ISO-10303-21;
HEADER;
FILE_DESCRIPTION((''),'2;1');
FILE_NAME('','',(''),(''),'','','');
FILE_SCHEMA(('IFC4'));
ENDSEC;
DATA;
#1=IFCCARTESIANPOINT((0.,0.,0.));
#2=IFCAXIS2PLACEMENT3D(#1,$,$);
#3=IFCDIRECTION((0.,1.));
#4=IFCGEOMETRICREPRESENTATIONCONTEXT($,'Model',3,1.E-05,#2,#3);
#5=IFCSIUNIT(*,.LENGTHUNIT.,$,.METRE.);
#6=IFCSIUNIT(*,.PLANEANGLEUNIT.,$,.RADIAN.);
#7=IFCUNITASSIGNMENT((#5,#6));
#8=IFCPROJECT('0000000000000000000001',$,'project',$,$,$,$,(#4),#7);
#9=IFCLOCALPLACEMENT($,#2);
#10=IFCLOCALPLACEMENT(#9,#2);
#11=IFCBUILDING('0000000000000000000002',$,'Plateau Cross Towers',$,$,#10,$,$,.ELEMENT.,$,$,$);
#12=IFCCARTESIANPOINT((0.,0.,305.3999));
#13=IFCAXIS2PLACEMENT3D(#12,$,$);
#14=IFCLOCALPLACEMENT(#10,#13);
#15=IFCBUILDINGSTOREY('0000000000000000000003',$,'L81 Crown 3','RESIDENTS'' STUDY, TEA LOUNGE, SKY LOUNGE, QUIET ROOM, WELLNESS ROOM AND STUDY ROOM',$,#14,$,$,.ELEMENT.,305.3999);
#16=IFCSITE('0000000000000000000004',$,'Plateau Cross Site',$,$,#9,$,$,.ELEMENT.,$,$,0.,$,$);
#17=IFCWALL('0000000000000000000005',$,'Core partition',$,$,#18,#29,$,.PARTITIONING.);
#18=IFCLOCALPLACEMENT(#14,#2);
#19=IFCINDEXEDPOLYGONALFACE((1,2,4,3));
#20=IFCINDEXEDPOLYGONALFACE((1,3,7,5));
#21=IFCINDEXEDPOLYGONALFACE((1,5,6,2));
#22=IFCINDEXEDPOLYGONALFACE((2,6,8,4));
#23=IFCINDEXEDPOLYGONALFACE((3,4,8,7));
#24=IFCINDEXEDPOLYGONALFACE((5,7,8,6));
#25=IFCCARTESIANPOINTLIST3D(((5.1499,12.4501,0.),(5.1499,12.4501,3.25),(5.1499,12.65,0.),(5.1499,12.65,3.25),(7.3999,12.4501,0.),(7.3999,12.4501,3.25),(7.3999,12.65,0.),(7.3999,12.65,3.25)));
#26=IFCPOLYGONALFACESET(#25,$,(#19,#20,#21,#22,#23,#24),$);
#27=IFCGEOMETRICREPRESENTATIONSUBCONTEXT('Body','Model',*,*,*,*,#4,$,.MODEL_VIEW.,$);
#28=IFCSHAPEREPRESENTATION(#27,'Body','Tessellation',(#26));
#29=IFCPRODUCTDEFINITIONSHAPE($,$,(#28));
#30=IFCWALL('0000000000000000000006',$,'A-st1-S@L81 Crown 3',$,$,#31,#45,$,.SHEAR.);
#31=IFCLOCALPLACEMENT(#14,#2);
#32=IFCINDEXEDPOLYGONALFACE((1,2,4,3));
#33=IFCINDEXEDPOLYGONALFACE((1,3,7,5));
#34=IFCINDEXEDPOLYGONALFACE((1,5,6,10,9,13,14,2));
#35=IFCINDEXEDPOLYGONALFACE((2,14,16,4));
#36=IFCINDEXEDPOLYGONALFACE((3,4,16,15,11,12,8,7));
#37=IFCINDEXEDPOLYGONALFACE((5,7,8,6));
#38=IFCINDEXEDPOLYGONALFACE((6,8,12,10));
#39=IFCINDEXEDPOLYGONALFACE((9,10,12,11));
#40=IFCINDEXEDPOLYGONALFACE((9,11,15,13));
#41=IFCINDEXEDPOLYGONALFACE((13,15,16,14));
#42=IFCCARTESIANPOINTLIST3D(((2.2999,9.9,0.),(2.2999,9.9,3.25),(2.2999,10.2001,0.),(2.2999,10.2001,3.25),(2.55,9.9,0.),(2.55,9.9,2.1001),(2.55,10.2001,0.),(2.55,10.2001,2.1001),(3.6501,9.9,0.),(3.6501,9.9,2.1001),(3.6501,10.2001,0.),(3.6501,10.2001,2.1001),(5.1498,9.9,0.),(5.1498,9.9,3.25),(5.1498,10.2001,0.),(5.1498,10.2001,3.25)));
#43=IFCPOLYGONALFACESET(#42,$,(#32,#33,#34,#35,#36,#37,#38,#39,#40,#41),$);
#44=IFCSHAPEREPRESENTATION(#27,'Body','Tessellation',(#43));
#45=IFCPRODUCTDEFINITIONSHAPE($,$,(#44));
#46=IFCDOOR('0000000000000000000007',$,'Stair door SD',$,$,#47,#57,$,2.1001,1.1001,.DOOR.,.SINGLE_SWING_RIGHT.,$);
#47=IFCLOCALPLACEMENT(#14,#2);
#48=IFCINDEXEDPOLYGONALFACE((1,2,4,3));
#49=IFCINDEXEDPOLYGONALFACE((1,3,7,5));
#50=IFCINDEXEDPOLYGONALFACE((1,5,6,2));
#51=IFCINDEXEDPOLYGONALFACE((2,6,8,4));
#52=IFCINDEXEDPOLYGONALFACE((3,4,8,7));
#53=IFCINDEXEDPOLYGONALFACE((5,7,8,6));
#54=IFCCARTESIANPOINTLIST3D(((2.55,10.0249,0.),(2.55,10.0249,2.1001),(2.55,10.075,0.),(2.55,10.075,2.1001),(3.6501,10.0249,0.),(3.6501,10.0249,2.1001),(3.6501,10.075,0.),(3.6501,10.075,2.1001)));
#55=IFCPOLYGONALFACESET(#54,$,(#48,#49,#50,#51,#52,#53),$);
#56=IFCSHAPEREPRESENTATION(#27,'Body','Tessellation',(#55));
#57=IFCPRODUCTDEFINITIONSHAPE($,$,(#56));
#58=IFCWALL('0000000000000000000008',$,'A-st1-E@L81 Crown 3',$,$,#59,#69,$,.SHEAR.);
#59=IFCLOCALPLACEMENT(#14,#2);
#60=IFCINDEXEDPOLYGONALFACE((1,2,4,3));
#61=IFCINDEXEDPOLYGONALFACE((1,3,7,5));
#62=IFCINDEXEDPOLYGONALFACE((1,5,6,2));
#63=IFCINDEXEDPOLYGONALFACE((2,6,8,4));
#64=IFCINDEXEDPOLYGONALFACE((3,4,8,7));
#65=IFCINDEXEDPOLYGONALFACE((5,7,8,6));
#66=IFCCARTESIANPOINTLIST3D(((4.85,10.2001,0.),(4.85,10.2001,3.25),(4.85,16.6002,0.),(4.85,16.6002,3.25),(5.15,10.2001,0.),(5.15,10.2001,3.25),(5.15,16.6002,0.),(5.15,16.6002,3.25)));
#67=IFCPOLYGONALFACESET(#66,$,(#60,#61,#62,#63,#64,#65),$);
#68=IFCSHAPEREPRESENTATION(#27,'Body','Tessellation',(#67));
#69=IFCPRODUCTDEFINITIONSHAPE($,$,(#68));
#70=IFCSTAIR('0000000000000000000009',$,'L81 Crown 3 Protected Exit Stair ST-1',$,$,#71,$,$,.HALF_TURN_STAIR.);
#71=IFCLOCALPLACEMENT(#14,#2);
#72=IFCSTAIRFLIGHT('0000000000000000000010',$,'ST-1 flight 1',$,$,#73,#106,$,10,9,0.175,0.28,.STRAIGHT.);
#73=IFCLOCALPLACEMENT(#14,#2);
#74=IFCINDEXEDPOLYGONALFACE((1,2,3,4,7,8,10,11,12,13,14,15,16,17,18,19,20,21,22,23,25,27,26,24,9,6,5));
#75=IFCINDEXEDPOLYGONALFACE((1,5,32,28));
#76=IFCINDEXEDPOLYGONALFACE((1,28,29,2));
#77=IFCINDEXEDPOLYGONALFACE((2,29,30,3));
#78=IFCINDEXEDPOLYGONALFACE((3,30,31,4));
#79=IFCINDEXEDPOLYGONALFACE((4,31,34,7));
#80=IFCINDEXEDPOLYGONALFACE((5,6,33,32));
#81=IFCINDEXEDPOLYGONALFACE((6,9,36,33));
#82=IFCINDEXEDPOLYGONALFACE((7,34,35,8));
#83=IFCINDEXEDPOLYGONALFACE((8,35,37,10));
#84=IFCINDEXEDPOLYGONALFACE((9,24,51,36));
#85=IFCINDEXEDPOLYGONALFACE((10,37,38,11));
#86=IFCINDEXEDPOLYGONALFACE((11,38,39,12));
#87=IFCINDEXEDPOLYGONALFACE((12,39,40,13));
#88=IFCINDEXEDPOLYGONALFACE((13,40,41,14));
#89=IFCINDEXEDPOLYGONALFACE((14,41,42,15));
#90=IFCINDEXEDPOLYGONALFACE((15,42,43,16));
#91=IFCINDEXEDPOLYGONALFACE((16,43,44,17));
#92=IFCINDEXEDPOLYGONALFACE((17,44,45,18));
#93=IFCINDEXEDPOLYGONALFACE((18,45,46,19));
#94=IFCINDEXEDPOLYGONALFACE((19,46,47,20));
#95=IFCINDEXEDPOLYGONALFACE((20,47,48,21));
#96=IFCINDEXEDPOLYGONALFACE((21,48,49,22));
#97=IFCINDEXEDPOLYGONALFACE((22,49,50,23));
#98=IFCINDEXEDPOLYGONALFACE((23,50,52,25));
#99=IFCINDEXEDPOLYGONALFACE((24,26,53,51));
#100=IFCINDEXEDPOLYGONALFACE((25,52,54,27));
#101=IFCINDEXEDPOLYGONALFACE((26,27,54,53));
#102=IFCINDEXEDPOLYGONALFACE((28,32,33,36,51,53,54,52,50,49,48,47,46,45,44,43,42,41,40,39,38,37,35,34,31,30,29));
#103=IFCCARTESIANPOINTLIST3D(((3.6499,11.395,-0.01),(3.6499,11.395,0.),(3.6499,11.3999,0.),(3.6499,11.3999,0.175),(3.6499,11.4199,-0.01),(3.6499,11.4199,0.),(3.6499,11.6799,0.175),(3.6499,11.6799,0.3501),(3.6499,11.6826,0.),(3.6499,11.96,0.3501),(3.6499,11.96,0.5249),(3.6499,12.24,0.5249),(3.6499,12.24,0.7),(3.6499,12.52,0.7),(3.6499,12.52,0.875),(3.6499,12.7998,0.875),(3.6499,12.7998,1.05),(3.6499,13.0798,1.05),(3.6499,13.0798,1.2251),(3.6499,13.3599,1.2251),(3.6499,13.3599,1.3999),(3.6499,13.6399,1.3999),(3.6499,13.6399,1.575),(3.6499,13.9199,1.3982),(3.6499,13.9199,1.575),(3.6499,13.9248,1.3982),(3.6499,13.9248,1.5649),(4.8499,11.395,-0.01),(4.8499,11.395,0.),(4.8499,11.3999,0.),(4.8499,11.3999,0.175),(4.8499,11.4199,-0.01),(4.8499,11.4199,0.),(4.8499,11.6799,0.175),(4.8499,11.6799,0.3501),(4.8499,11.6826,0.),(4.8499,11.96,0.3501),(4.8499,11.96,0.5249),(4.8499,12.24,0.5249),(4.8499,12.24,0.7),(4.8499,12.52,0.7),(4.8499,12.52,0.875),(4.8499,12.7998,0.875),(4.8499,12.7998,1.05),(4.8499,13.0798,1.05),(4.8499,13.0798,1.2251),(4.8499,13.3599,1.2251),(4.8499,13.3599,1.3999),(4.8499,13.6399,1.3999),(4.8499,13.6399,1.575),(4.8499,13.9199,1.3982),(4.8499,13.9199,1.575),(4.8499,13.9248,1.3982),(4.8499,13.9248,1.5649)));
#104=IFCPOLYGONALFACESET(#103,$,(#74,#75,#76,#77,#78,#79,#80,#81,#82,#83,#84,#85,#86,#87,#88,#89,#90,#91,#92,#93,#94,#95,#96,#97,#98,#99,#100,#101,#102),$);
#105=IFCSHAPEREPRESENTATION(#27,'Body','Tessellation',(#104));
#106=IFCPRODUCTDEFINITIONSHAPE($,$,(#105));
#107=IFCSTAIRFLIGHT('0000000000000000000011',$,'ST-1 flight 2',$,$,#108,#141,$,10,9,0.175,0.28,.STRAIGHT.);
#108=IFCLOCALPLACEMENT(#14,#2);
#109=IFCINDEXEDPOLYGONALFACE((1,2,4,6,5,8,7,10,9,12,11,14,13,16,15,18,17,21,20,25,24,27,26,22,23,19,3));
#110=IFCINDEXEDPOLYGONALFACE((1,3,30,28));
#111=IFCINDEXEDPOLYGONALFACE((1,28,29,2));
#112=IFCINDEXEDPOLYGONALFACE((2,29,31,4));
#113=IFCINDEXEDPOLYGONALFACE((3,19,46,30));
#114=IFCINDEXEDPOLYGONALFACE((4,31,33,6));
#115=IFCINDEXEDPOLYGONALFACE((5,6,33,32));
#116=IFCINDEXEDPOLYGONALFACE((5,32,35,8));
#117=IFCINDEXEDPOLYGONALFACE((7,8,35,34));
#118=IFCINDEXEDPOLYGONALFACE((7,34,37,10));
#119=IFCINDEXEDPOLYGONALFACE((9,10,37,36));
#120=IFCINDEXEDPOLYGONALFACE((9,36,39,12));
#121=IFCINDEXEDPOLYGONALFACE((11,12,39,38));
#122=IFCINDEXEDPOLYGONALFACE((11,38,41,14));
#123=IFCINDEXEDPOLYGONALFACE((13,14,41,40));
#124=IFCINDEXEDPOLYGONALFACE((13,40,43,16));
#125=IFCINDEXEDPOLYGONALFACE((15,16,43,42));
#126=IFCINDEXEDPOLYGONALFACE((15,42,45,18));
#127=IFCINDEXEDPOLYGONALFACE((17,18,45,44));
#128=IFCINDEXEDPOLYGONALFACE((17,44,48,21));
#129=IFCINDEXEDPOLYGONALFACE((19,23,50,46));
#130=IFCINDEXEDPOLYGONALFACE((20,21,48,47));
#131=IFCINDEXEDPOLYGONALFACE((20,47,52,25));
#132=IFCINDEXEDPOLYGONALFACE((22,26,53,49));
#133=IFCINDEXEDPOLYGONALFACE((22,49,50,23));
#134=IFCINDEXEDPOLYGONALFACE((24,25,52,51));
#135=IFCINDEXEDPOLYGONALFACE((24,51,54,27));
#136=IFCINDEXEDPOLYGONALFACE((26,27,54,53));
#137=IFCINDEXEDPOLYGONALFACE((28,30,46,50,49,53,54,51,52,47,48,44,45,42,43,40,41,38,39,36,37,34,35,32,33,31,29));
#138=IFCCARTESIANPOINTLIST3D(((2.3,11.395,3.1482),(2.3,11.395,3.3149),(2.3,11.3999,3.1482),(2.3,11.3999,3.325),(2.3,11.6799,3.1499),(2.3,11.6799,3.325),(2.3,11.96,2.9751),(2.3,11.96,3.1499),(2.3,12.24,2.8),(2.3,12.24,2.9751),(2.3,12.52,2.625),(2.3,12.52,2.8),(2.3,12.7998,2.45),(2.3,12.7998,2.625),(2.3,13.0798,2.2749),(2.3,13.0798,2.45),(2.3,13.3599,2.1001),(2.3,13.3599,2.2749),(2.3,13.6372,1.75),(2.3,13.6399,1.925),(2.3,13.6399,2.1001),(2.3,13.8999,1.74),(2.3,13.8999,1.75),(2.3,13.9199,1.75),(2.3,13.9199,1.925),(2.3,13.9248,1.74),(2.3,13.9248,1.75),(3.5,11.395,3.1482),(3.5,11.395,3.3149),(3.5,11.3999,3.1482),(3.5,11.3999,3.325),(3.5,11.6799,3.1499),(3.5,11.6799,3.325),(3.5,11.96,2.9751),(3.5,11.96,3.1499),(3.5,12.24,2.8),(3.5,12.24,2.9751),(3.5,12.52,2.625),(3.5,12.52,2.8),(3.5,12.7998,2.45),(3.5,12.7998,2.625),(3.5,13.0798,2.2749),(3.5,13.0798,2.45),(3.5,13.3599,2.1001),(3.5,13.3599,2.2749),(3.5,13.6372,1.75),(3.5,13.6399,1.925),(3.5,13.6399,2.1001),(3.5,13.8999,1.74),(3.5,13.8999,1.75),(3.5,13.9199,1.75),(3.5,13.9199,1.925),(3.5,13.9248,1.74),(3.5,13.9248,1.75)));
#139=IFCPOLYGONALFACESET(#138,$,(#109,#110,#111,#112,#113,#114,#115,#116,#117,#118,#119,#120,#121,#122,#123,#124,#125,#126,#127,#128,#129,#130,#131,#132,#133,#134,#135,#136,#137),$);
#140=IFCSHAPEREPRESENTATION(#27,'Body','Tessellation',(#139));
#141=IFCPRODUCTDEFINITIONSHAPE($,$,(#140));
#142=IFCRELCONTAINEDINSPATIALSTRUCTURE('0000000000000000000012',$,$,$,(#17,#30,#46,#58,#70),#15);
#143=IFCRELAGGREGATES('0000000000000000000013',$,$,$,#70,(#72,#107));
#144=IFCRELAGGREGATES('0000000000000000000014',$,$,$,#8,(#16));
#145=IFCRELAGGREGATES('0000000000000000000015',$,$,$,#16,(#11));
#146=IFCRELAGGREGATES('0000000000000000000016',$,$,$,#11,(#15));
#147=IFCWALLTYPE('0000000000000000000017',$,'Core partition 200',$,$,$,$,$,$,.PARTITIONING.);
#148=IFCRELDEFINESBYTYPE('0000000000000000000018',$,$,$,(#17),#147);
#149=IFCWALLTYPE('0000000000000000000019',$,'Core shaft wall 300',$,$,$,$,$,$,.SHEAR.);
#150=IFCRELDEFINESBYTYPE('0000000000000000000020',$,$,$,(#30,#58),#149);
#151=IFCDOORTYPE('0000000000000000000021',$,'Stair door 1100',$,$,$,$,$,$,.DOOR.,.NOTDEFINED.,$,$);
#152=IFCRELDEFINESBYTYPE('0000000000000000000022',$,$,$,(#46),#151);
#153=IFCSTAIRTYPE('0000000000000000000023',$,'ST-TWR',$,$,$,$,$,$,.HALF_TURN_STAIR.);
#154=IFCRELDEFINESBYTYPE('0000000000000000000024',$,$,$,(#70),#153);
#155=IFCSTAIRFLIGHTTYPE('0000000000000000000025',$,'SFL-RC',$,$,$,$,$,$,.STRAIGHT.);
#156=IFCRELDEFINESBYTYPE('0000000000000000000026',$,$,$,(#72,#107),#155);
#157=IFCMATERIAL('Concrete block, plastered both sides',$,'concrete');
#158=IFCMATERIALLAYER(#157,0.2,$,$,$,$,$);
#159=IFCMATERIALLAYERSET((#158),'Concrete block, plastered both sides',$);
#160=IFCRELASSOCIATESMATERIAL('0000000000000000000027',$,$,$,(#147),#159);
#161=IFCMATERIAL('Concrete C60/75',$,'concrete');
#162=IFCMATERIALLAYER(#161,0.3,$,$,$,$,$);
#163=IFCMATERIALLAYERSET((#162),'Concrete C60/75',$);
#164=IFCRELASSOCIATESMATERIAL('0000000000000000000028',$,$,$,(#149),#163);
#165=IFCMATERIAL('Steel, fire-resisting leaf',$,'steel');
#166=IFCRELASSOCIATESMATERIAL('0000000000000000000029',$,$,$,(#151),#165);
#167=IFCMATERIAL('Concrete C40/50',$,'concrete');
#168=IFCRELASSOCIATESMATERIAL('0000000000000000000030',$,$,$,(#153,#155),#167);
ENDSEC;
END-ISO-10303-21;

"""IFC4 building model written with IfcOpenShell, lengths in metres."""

from ifc_helpers import new_model, si_unit, direction, frame, frame_2d, origin, place, context, subcontext, project, spatial, polyline, rectangle, outline, extrude, material, layer, layer_set, type_object, element, fill, aggregate, save


model = new_model("IFC4")

# Units and contexts
model_context = context("Model", 3, precision=1e-05, world=origin(), true_north=direction((0.0, 1.0)))
body_context = subcontext(model_context, "Body", "Model", "MODEL_VIEW")
ifc_project = project(units=[si_unit("LENGTHUNIT", "METRE"), si_unit("PLANEANGLEUNIT", "RADIAN")], contexts=[model_context])

# Site, building, storey
site_placement = place(None, origin())
site = spatial("IfcSite", under=ifc_project, at=site_placement, Name="Plateau Cross Site", CompositionType="ELEMENT", RefElevation=0.0)
building_placement = place(site_placement, origin())
building = spatial("IfcBuilding", under=site, at=building_placement, Name="Plateau Cross Towers", CompositionType="ELEMENT")
storey_placement = place(building_placement, frame((0.0, 0.0, 305.3999)))
storey = spatial("IfcBuildingStorey", under=building, at=storey_placement, Name="L81 Crown 3", Description="RESIDENTS' STUDY, TEA LOUNGE, SKY LOUNGE, QUIET ROOM, WELLNESS ROOM AND STUDY ROOM", CompositionType="ELEMENT", Elevation=305.3999)

# Shared definitions
ifc_material_1 = material(Name="Concrete block, plastered both sides", Category="concrete")
ifc_layer_1 = layer(ifc_material_1, 0.2)
ifc_layer_set_1 = layer_set([ifc_layer_1], Name="Concrete block, plastered both sides")
wall_type_1 = type_object("IfcWallType", Name="Core partition 200", PredefinedType="PARTITIONING", material=ifc_layer_set_1)

# Wall
wall_1_placement = place(storey_placement, frame((5.1499, 12.55, 0.0), z_axis=(0.0, 0.0, 1.0), x_axis=(1.0, 0.0, 0.0)))
element("IfcWall", 1, at=wall_1_placement, inside=storey, type_object=wall_type_1, Name="Core partition", PredefinedType="PARTITIONING", context=body_context, shape_type="SweptSolid", body=[
    extrude(rectangle(XDim=2.25, YDim=0.2, at=frame_2d((1.125, 0.0))), origin(), (0.0, 0.0, 1.0), 3.25),
])

# Wall, opening, door
ifc_material_2 = material(Name="Concrete C60/75", Category="concrete")
ifc_layer_2 = layer(ifc_material_2, 0.3)
ifc_layer_set_2 = layer_set([ifc_layer_2], Name="Concrete C60/75")
wall_type_2 = type_object("IfcWallType", Name="Core shaft wall 300", PredefinedType="SHEAR", material=ifc_layer_set_2)
wall_2_placement = place(storey_placement, frame((2.3, 10.05, 0.0), z_axis=(0.0, 0.0, 1.0), x_axis=(1.0, 0.0, 0.0)))
wall_2 = element("IfcWall", 2, at=wall_2_placement, inside=storey, type_object=wall_type_2, Name="A-st1-S@L81 Crown 3", PredefinedType="SHEAR", context=body_context, shape_type="SweptSolid", body=[
    extrude(rectangle(XDim=2.8499, YDim=0.3, at=frame_2d((1.4248, 0.0))), origin(), (0.0, 0.0, 1.0), 3.25),
])
opening_1_placement = place(wall_2_placement, frame((0.25, 0.0, 0.0)))
opening_1 = element("IfcOpeningElement", 3, at=opening_1_placement, cuts=wall_2, PredefinedType="OPENING", context=body_context, shape_type="SweptSolid", body=[
    extrude(rectangle(XDim=1.1001, YDim=2.1001, at=frame_2d((0.55, 1.05))), frame((0.0, 0.1599, 0.0), z_axis=(0.0, -1.0, 0.0), x_axis=(1.0, 0.0, 0.0)), (0.0, 0.0, 1.0), 0.3201),
])
ifc_material_3 = material(Name="Steel, fire-resisting leaf", Category="steel")
door_type_1 = type_object("IfcDoorType", Name="Stair door 1100", OperationType="NOTDEFINED", PredefinedType="DOOR", material=ifc_material_3)
door_1_placement = place(opening_1_placement, origin())
door_1 = element("IfcDoor", 4, at=door_1_placement, inside=storey, type_object=door_type_1, Name="Stair door SD", OperationType="SINGLE_SWING_RIGHT", OverallHeight=2.1001, OverallWidth=1.1001, PredefinedType="DOOR", context=body_context, shape_type="SweptSolid", body=[
    extrude(rectangle(XDim=1.1001, YDim=2.1001, at=frame_2d((0.55, 1.05))), frame((0.0, 0.0249, 0.0), z_axis=(0.0, -1.0, 0.0), x_axis=(1.0, 0.0, 0.0)), (0.0, 0.0, 1.0), 0.05),
])
fill(opening_1, door_1)

# Wall
wall_3_placement = place(storey_placement, frame((5.0, 10.2, 0.0), z_axis=(0.0, 0.0, 1.0), x_axis=(0.0, 1.0, 0.0)))
element("IfcWall", 5, at=wall_3_placement, inside=storey, type_object=wall_type_2, Name="A-st1-E@L81 Crown 3", PredefinedType="SHEAR", context=body_context, shape_type="SweptSolid", body=[
    extrude(rectangle(XDim=6.4001, YDim=0.3, at=frame_2d((3.2002, 0.0))), origin(), (0.0, 0.0, 1.0), 3.25),
])

# Stair, stair flights
ifc_material_4 = material(Name="Concrete C40/50", Category="concrete")
stair_type = type_object("IfcStairType", Name="ST-TWR", PredefinedType="HALF_TURN_STAIR", material=ifc_material_4)
stair_placement = place(storey_placement, origin())
stair = element("IfcStair", 6, at=stair_placement, inside=storey, type_object=stair_type, Name="L81 Crown 3 Protected Exit Stair ST-1", PredefinedType="HALF_TURN_STAIR")
stair_flight_type = type_object("IfcStairFlightType", Name="SFL-RC", PredefinedType="STRAIGHT", material=ifc_material_4)
stair_flight_1_placement = place(storey_placement, frame((4.25, 11.3999, 0.0), z_axis=(0.0, 0.0, 1.0), x_axis=(0.0, 1.0, 0.0)))
stair_flight_1 = element("IfcStairFlight", 7, at=stair_flight_1_placement, type_object=stair_flight_type, Name="ST-1 flight 1", NumberOfRisers=10, NumberOfTreads=9, PredefinedType="STRAIGHT", RiserHeight=0.175, TreadLength=0.28, context=body_context, shape_type="SweptSolid", body=[
    extrude(outline(polyline([(-0.0049, -0.01), (-0.0049, 0.0), (0.0, 0.0), (0.0, 0.175), (0.28, 0.175), (0.28, 0.3501), (0.5601, 0.3501), (0.5601, 0.5249), (0.8401, 0.5249), (0.8401, 0.7), (1.1201, 0.7), (1.1201, 0.875), (1.3999, 0.875), (1.3999, 1.05), (1.6799, 1.05), (1.6799, 1.2251), (1.96, 1.2251), (1.96, 1.3999), (2.24, 1.3999), (2.24, 1.575), (2.52, 1.575), (2.5249, 1.5649), (2.5249, 1.3982), (2.52, 1.3982), (0.2827, 0.0), (0.02, 0.0), (0.02, -0.01), (-0.0049, -0.01)])), frame((0.0, 0.6001, 0.0), z_axis=(0.0, -1.0, 0.0), x_axis=(1.0, 0.0, 0.0)), (0.0, 0.0, 1.0), 1.2),
])
stair_flight_2_placement = place(storey_placement, frame((2.8999, 13.9199, 1.75), z_axis=(0.0, 0.0, 1.0), x_axis=(0.0, -1.0, 0.0)))
stair_flight_2 = element("IfcStairFlight", 8, at=stair_flight_2_placement, type_object=stair_flight_type, Name="ST-1 flight 2", NumberOfRisers=10, NumberOfTreads=9, PredefinedType="STRAIGHT", RiserHeight=0.175, TreadLength=0.28, context=body_context, shape_type="SweptSolid", body=[
    extrude(outline(polyline([(-0.0049, -0.01), (-0.0049, 0.0), (0.0, 0.0), (0.0, 0.175), (0.28, 0.175), (0.28, 0.3501), (0.5601, 0.3501), (0.5601, 0.5249), (0.8401, 0.5249), (0.8401, 0.7), (1.1201, 0.7), (1.1201, 0.875), (1.3999, 0.875), (1.3999, 1.05), (1.6799, 1.05), (1.6799, 1.2251), (1.96, 1.2251), (1.96, 1.3999), (2.24, 1.3999), (2.24, 1.575), (2.52, 1.575), (2.5249, 1.5649), (2.5249, 1.3982), (2.52, 1.3982), (0.2827, 0.0), (0.02, 0.0), (0.02, -0.01), (-0.0049, -0.01)])), frame((0.0, 0.6001, 0.0), z_axis=(0.0, -1.0, 0.0), x_axis=(1.0, 0.0, 0.0)), (0.0, 0.0, 1.0), 1.2),
])
aggregate(stair, [stair_flight_1, stair_flight_2])

save(model, "model.ifc")
